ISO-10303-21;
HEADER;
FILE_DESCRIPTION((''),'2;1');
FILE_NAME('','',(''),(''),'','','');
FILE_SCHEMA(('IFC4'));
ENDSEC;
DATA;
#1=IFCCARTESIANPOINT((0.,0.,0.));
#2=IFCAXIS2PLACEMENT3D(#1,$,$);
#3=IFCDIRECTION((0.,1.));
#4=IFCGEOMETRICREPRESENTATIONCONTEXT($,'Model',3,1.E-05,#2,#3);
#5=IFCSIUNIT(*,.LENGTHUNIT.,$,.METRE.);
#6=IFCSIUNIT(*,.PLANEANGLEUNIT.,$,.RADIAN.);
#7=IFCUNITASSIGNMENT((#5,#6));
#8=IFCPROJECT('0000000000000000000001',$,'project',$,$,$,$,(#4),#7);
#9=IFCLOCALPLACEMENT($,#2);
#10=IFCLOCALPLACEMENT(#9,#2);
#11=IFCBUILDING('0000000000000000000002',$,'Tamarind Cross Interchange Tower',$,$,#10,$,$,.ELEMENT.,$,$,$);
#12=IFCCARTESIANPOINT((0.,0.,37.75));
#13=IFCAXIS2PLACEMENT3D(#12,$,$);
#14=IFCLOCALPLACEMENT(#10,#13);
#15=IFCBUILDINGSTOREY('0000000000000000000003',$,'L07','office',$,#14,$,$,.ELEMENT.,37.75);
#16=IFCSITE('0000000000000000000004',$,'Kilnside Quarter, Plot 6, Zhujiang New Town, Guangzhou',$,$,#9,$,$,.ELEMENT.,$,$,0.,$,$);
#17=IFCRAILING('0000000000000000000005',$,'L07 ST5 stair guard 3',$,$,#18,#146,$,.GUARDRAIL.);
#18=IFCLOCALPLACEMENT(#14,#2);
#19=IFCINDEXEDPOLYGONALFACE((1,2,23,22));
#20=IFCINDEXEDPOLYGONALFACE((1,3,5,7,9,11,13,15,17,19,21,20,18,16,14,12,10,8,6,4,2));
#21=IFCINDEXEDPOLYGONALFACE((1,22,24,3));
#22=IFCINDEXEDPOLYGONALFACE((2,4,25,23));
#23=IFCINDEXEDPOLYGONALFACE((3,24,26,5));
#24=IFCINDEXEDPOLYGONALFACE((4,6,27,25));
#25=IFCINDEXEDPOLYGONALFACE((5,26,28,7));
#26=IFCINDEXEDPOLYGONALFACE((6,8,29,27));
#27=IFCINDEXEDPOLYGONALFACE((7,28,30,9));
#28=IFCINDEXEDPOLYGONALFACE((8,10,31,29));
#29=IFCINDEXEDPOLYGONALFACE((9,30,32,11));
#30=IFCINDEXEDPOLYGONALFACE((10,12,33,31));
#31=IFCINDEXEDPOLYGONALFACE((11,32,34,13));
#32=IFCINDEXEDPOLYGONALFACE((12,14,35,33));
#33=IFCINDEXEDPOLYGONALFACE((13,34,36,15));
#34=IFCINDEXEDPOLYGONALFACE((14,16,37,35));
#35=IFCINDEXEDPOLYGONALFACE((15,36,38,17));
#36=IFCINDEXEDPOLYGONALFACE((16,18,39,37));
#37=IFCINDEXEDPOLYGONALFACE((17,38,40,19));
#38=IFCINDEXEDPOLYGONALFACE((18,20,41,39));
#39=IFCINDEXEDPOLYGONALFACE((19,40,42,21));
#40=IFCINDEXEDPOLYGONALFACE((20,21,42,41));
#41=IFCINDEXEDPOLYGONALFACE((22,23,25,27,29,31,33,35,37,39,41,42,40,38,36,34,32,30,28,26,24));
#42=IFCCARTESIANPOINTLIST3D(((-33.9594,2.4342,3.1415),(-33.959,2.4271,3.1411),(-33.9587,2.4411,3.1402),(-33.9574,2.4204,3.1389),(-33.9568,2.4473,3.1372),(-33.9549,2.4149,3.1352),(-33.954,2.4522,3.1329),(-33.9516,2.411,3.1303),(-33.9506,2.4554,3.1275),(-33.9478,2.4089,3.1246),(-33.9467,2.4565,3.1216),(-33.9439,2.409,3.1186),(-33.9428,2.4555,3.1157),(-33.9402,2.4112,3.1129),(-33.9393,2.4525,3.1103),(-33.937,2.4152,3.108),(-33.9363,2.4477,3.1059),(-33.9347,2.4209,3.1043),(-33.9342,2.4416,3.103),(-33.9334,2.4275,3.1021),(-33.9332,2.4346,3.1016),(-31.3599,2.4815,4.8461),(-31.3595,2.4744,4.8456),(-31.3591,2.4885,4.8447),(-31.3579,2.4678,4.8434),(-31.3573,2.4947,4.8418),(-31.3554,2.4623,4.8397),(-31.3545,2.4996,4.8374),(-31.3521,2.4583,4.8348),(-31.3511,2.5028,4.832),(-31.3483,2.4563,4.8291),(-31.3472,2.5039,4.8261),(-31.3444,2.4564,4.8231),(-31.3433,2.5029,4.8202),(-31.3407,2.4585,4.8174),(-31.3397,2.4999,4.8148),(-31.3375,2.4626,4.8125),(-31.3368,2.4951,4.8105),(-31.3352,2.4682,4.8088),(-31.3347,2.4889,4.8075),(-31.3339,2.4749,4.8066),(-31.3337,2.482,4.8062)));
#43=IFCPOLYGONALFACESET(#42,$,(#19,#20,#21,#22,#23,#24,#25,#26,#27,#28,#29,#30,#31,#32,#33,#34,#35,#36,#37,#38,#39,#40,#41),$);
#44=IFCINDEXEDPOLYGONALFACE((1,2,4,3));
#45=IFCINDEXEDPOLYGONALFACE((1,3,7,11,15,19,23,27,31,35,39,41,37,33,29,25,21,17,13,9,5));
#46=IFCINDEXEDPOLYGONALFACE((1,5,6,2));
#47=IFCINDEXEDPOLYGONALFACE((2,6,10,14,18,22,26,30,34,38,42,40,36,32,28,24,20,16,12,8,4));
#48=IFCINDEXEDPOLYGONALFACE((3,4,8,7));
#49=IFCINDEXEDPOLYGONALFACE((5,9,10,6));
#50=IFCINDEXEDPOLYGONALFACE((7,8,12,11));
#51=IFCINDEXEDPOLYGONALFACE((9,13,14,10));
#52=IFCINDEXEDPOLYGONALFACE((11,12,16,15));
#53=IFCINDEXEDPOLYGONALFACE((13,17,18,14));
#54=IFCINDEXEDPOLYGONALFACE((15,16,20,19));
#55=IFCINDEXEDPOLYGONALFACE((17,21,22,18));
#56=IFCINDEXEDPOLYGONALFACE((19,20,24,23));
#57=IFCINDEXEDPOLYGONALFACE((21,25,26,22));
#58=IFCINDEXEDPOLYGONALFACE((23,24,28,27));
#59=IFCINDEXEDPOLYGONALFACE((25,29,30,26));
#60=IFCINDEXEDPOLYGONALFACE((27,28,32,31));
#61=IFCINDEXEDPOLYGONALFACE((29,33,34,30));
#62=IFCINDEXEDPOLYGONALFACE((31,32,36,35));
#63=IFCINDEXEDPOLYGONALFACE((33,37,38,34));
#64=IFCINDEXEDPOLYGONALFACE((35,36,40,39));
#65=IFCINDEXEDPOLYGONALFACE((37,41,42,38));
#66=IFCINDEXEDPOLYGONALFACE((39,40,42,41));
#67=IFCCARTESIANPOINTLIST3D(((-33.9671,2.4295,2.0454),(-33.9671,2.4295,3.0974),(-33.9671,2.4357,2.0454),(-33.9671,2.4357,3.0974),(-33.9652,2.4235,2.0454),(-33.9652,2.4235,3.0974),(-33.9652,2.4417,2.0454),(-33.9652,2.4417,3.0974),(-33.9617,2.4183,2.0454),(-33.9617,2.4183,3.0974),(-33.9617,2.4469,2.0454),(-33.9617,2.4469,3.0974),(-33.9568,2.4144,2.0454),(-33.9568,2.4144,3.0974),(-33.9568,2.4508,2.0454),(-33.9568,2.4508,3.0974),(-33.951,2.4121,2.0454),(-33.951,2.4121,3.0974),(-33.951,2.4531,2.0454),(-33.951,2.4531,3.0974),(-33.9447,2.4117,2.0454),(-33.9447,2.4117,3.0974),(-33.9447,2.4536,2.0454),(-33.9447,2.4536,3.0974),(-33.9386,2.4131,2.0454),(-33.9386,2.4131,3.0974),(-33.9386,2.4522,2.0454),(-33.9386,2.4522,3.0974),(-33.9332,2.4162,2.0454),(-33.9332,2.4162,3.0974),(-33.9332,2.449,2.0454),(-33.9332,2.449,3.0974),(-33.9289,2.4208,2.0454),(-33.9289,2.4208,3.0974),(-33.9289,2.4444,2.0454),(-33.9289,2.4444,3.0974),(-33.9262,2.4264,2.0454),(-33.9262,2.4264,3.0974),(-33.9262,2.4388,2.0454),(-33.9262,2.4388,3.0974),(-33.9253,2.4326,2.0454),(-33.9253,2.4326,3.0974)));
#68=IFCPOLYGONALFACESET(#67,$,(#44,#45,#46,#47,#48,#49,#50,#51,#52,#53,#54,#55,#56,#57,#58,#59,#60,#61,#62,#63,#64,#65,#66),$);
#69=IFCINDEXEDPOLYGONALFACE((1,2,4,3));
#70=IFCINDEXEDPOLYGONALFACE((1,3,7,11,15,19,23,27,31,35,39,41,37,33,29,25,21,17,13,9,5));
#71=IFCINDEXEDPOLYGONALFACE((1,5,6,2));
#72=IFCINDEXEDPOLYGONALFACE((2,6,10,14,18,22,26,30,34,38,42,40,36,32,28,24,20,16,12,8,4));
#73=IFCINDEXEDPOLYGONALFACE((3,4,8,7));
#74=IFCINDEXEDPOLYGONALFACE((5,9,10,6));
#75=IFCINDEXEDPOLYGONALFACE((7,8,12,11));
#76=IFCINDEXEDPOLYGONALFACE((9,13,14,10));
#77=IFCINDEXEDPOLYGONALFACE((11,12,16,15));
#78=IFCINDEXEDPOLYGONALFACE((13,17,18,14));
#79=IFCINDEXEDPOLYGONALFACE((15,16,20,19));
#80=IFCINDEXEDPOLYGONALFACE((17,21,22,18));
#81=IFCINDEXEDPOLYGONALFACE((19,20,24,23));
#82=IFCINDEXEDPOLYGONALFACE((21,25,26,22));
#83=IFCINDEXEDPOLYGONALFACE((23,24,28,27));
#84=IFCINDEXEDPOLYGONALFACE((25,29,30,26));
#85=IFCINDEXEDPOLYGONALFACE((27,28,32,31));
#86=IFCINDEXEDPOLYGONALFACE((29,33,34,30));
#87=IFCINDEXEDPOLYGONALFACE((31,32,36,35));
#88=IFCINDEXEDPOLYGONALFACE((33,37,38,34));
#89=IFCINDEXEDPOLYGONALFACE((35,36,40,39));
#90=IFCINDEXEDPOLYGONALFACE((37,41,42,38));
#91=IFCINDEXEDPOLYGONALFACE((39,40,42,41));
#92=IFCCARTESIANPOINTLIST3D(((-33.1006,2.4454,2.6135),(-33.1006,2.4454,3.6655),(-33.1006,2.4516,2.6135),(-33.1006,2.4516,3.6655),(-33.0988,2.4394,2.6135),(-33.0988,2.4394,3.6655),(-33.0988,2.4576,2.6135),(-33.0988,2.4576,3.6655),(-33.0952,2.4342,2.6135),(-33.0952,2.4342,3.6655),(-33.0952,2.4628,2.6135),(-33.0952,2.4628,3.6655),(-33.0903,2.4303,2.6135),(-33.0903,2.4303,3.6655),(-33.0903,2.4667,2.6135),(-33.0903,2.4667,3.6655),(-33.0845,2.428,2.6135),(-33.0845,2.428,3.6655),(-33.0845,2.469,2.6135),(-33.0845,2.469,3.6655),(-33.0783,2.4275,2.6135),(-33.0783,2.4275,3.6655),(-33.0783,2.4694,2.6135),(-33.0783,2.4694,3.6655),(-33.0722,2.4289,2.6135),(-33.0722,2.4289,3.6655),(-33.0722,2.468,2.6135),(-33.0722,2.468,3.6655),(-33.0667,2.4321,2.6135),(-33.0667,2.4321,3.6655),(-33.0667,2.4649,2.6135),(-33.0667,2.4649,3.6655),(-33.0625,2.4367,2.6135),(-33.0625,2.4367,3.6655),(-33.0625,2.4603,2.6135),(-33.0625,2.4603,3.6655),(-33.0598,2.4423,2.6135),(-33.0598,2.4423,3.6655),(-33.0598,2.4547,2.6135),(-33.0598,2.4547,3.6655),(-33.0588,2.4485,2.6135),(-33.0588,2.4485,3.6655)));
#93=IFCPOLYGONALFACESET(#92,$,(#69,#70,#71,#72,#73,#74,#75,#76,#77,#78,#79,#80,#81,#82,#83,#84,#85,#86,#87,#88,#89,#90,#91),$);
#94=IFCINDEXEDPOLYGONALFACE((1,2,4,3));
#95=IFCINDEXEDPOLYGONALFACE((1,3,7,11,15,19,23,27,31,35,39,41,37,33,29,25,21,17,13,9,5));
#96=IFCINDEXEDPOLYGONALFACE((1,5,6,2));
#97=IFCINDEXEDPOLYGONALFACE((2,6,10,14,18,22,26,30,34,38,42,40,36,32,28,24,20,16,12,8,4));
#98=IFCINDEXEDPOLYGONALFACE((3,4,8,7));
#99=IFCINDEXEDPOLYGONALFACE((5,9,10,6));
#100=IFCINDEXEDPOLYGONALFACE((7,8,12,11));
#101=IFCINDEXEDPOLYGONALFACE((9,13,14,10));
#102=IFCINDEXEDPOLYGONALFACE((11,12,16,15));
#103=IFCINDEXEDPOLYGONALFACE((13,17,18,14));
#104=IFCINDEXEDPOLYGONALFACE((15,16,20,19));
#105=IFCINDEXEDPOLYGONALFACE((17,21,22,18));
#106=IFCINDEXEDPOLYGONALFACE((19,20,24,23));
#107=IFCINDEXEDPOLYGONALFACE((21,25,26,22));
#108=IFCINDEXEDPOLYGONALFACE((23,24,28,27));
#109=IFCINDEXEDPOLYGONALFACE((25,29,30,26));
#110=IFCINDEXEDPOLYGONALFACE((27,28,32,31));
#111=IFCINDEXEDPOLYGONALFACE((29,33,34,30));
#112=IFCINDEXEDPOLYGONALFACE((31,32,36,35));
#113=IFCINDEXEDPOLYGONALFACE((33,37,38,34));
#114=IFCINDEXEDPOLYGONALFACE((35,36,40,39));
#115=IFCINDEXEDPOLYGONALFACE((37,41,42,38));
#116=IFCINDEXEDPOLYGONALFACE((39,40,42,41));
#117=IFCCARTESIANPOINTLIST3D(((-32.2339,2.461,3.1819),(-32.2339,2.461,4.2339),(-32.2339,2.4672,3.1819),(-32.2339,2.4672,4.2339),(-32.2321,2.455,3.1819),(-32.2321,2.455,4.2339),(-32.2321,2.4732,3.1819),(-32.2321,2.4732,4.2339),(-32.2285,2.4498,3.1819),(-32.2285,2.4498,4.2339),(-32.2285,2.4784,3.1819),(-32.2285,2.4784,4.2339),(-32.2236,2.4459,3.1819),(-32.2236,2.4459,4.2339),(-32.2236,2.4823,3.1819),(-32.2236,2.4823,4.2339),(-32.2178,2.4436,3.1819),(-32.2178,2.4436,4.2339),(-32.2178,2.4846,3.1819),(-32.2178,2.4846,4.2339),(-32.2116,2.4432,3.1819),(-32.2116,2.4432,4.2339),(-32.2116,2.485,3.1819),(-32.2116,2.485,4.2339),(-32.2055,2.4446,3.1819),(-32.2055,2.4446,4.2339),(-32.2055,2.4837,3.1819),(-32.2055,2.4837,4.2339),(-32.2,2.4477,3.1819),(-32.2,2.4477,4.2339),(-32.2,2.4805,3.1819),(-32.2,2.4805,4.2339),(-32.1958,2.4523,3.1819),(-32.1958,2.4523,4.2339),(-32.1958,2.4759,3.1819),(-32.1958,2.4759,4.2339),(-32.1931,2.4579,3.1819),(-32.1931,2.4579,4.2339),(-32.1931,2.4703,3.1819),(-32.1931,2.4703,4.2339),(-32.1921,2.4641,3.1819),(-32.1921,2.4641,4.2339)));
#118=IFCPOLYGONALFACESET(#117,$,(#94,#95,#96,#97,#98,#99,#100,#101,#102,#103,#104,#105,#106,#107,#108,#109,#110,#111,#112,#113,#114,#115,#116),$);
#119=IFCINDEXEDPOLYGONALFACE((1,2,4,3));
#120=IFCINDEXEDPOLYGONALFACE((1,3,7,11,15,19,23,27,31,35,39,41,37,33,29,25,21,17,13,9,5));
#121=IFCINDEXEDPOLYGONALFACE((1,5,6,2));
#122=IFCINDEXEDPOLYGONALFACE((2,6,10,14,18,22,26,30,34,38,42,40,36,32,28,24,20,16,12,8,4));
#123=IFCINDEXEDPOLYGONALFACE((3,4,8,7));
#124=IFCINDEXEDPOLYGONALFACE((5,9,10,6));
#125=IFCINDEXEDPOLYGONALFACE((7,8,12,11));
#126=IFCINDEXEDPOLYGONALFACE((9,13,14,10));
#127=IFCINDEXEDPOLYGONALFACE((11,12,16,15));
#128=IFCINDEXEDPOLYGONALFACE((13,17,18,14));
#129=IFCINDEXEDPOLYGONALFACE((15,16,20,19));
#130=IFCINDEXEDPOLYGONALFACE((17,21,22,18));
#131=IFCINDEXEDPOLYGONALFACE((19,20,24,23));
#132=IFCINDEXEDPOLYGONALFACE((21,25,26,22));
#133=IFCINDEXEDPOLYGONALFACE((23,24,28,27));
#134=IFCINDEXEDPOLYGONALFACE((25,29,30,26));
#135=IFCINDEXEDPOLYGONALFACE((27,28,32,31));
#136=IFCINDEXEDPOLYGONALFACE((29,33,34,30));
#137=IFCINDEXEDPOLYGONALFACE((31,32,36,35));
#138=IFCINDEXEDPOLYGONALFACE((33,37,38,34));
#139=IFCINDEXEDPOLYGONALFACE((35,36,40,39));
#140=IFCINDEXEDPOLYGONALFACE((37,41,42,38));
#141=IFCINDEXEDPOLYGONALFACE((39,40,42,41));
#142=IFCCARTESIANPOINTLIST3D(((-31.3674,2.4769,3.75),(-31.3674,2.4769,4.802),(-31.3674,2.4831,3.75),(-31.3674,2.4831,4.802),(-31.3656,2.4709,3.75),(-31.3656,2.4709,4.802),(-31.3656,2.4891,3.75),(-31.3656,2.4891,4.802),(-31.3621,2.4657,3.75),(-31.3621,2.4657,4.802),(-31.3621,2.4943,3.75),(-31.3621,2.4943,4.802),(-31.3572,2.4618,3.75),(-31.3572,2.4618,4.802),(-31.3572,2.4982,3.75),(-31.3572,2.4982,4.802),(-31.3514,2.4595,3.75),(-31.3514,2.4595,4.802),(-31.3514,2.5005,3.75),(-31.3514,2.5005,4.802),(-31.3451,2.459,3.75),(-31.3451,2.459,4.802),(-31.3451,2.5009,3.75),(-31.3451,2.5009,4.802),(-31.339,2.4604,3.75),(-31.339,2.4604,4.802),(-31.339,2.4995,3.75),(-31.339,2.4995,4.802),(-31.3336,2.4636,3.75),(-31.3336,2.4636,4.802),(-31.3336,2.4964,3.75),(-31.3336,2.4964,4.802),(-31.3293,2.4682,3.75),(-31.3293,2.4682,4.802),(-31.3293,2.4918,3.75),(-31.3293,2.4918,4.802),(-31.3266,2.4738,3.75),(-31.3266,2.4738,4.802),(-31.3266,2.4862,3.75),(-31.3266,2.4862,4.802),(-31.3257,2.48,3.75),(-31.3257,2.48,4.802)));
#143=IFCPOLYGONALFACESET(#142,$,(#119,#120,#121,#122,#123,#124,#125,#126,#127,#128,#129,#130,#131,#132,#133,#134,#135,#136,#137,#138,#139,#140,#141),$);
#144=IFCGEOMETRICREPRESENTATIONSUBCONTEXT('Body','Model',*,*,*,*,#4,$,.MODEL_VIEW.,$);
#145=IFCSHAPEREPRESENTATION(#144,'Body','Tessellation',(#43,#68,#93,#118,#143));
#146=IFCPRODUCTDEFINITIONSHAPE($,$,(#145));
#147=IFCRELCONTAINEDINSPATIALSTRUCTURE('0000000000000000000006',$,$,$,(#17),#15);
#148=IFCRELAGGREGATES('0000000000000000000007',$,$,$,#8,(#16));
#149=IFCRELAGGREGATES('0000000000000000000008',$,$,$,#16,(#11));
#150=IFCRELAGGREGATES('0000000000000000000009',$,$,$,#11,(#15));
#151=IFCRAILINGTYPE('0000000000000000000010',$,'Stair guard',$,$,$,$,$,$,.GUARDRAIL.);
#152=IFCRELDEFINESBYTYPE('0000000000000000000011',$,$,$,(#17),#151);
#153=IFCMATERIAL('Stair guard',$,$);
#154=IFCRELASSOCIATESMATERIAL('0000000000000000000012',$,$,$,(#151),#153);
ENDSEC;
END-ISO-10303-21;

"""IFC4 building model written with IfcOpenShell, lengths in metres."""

from ifc_helpers import new_model, si_unit, direction, frame, origin, origin_2d, place, context, subcontext, project, spatial, circle, extrude, material, type_object, element, save


model = new_model("IFC4")

# Units and contexts
model_context = context("Model", 3, precision=1e-05, world=origin(), true_north=direction((0.0, 1.0)))
body_context = subcontext(model_context, "Body", "Model", "MODEL_VIEW")
ifc_project = project(units=[si_unit("LENGTHUNIT", "METRE"), si_unit("PLANEANGLEUNIT", "RADIAN")], contexts=[model_context])

# Site, building, storey
site_placement = place(None, origin())
site = spatial("IfcSite", under=ifc_project, at=site_placement, Name="Kilnside Quarter, Plot 6, Zhujiang New Town, Guangzhou", CompositionType="ELEMENT", RefElevation=0.0)
building_placement = place(site_placement, origin())
building = spatial("IfcBuilding", under=site, at=building_placement, Name="Tamarind Cross Interchange Tower", CompositionType="ELEMENT")
storey_placement = place(building_placement, frame((0.0, 0.0, 37.75)))
storey = spatial("IfcBuildingStorey", under=building, at=storey_placement, Name="L07", Description="office", CompositionType="ELEMENT", Elevation=37.75)

# Railing
ifc_material_1 = material(Name="Stair guard")
railing_type_1 = type_object("IfcRailingType", Name="Stair guard", PredefinedType="GUARDRAIL", material=ifc_material_1)
railing_1_placement = place(storey_placement, frame((-33.9463, 2.4326, 2.0454)))
element("IfcRailing", 1, at=railing_1_placement, inside=storey, type_object=railing_type_1, Name="L07 ST5 stair guard 3", PredefinedType="GUARDRAIL", context=body_context, shape_type="SweptSolid", body=[
    extrude(circle(Radius=0.0239, at=origin_2d()), frame((0.0, 0.0, 1.0762), z_axis=(0.836158, 0.015234, 0.548277), x_axis=(-0.018216, 0.999834, 0.0)), (0.0, 0.0, 1.0), 3.1089),
    extrude(circle(Radius=0.021, at=origin_2d()), origin(), (0.0, 0.0, 1.0), 1.052),
    extrude(circle(Radius=0.021, at=origin_2d()), frame((0.8665, 0.0159, 0.5681)), (0.0, 0.0, 1.0), 1.052),
    extrude(circle(Radius=0.021, at=origin_2d()), frame((1.7332, 0.0315, 1.1365)), (0.0, 0.0, 1.0), 1.052),
    extrude(circle(Radius=0.021, at=origin_2d()), frame((2.5996, 0.0474, 1.7046)), (0.0, 0.0, 1.0), 1.052),
])

save(model, "model.ifc")
